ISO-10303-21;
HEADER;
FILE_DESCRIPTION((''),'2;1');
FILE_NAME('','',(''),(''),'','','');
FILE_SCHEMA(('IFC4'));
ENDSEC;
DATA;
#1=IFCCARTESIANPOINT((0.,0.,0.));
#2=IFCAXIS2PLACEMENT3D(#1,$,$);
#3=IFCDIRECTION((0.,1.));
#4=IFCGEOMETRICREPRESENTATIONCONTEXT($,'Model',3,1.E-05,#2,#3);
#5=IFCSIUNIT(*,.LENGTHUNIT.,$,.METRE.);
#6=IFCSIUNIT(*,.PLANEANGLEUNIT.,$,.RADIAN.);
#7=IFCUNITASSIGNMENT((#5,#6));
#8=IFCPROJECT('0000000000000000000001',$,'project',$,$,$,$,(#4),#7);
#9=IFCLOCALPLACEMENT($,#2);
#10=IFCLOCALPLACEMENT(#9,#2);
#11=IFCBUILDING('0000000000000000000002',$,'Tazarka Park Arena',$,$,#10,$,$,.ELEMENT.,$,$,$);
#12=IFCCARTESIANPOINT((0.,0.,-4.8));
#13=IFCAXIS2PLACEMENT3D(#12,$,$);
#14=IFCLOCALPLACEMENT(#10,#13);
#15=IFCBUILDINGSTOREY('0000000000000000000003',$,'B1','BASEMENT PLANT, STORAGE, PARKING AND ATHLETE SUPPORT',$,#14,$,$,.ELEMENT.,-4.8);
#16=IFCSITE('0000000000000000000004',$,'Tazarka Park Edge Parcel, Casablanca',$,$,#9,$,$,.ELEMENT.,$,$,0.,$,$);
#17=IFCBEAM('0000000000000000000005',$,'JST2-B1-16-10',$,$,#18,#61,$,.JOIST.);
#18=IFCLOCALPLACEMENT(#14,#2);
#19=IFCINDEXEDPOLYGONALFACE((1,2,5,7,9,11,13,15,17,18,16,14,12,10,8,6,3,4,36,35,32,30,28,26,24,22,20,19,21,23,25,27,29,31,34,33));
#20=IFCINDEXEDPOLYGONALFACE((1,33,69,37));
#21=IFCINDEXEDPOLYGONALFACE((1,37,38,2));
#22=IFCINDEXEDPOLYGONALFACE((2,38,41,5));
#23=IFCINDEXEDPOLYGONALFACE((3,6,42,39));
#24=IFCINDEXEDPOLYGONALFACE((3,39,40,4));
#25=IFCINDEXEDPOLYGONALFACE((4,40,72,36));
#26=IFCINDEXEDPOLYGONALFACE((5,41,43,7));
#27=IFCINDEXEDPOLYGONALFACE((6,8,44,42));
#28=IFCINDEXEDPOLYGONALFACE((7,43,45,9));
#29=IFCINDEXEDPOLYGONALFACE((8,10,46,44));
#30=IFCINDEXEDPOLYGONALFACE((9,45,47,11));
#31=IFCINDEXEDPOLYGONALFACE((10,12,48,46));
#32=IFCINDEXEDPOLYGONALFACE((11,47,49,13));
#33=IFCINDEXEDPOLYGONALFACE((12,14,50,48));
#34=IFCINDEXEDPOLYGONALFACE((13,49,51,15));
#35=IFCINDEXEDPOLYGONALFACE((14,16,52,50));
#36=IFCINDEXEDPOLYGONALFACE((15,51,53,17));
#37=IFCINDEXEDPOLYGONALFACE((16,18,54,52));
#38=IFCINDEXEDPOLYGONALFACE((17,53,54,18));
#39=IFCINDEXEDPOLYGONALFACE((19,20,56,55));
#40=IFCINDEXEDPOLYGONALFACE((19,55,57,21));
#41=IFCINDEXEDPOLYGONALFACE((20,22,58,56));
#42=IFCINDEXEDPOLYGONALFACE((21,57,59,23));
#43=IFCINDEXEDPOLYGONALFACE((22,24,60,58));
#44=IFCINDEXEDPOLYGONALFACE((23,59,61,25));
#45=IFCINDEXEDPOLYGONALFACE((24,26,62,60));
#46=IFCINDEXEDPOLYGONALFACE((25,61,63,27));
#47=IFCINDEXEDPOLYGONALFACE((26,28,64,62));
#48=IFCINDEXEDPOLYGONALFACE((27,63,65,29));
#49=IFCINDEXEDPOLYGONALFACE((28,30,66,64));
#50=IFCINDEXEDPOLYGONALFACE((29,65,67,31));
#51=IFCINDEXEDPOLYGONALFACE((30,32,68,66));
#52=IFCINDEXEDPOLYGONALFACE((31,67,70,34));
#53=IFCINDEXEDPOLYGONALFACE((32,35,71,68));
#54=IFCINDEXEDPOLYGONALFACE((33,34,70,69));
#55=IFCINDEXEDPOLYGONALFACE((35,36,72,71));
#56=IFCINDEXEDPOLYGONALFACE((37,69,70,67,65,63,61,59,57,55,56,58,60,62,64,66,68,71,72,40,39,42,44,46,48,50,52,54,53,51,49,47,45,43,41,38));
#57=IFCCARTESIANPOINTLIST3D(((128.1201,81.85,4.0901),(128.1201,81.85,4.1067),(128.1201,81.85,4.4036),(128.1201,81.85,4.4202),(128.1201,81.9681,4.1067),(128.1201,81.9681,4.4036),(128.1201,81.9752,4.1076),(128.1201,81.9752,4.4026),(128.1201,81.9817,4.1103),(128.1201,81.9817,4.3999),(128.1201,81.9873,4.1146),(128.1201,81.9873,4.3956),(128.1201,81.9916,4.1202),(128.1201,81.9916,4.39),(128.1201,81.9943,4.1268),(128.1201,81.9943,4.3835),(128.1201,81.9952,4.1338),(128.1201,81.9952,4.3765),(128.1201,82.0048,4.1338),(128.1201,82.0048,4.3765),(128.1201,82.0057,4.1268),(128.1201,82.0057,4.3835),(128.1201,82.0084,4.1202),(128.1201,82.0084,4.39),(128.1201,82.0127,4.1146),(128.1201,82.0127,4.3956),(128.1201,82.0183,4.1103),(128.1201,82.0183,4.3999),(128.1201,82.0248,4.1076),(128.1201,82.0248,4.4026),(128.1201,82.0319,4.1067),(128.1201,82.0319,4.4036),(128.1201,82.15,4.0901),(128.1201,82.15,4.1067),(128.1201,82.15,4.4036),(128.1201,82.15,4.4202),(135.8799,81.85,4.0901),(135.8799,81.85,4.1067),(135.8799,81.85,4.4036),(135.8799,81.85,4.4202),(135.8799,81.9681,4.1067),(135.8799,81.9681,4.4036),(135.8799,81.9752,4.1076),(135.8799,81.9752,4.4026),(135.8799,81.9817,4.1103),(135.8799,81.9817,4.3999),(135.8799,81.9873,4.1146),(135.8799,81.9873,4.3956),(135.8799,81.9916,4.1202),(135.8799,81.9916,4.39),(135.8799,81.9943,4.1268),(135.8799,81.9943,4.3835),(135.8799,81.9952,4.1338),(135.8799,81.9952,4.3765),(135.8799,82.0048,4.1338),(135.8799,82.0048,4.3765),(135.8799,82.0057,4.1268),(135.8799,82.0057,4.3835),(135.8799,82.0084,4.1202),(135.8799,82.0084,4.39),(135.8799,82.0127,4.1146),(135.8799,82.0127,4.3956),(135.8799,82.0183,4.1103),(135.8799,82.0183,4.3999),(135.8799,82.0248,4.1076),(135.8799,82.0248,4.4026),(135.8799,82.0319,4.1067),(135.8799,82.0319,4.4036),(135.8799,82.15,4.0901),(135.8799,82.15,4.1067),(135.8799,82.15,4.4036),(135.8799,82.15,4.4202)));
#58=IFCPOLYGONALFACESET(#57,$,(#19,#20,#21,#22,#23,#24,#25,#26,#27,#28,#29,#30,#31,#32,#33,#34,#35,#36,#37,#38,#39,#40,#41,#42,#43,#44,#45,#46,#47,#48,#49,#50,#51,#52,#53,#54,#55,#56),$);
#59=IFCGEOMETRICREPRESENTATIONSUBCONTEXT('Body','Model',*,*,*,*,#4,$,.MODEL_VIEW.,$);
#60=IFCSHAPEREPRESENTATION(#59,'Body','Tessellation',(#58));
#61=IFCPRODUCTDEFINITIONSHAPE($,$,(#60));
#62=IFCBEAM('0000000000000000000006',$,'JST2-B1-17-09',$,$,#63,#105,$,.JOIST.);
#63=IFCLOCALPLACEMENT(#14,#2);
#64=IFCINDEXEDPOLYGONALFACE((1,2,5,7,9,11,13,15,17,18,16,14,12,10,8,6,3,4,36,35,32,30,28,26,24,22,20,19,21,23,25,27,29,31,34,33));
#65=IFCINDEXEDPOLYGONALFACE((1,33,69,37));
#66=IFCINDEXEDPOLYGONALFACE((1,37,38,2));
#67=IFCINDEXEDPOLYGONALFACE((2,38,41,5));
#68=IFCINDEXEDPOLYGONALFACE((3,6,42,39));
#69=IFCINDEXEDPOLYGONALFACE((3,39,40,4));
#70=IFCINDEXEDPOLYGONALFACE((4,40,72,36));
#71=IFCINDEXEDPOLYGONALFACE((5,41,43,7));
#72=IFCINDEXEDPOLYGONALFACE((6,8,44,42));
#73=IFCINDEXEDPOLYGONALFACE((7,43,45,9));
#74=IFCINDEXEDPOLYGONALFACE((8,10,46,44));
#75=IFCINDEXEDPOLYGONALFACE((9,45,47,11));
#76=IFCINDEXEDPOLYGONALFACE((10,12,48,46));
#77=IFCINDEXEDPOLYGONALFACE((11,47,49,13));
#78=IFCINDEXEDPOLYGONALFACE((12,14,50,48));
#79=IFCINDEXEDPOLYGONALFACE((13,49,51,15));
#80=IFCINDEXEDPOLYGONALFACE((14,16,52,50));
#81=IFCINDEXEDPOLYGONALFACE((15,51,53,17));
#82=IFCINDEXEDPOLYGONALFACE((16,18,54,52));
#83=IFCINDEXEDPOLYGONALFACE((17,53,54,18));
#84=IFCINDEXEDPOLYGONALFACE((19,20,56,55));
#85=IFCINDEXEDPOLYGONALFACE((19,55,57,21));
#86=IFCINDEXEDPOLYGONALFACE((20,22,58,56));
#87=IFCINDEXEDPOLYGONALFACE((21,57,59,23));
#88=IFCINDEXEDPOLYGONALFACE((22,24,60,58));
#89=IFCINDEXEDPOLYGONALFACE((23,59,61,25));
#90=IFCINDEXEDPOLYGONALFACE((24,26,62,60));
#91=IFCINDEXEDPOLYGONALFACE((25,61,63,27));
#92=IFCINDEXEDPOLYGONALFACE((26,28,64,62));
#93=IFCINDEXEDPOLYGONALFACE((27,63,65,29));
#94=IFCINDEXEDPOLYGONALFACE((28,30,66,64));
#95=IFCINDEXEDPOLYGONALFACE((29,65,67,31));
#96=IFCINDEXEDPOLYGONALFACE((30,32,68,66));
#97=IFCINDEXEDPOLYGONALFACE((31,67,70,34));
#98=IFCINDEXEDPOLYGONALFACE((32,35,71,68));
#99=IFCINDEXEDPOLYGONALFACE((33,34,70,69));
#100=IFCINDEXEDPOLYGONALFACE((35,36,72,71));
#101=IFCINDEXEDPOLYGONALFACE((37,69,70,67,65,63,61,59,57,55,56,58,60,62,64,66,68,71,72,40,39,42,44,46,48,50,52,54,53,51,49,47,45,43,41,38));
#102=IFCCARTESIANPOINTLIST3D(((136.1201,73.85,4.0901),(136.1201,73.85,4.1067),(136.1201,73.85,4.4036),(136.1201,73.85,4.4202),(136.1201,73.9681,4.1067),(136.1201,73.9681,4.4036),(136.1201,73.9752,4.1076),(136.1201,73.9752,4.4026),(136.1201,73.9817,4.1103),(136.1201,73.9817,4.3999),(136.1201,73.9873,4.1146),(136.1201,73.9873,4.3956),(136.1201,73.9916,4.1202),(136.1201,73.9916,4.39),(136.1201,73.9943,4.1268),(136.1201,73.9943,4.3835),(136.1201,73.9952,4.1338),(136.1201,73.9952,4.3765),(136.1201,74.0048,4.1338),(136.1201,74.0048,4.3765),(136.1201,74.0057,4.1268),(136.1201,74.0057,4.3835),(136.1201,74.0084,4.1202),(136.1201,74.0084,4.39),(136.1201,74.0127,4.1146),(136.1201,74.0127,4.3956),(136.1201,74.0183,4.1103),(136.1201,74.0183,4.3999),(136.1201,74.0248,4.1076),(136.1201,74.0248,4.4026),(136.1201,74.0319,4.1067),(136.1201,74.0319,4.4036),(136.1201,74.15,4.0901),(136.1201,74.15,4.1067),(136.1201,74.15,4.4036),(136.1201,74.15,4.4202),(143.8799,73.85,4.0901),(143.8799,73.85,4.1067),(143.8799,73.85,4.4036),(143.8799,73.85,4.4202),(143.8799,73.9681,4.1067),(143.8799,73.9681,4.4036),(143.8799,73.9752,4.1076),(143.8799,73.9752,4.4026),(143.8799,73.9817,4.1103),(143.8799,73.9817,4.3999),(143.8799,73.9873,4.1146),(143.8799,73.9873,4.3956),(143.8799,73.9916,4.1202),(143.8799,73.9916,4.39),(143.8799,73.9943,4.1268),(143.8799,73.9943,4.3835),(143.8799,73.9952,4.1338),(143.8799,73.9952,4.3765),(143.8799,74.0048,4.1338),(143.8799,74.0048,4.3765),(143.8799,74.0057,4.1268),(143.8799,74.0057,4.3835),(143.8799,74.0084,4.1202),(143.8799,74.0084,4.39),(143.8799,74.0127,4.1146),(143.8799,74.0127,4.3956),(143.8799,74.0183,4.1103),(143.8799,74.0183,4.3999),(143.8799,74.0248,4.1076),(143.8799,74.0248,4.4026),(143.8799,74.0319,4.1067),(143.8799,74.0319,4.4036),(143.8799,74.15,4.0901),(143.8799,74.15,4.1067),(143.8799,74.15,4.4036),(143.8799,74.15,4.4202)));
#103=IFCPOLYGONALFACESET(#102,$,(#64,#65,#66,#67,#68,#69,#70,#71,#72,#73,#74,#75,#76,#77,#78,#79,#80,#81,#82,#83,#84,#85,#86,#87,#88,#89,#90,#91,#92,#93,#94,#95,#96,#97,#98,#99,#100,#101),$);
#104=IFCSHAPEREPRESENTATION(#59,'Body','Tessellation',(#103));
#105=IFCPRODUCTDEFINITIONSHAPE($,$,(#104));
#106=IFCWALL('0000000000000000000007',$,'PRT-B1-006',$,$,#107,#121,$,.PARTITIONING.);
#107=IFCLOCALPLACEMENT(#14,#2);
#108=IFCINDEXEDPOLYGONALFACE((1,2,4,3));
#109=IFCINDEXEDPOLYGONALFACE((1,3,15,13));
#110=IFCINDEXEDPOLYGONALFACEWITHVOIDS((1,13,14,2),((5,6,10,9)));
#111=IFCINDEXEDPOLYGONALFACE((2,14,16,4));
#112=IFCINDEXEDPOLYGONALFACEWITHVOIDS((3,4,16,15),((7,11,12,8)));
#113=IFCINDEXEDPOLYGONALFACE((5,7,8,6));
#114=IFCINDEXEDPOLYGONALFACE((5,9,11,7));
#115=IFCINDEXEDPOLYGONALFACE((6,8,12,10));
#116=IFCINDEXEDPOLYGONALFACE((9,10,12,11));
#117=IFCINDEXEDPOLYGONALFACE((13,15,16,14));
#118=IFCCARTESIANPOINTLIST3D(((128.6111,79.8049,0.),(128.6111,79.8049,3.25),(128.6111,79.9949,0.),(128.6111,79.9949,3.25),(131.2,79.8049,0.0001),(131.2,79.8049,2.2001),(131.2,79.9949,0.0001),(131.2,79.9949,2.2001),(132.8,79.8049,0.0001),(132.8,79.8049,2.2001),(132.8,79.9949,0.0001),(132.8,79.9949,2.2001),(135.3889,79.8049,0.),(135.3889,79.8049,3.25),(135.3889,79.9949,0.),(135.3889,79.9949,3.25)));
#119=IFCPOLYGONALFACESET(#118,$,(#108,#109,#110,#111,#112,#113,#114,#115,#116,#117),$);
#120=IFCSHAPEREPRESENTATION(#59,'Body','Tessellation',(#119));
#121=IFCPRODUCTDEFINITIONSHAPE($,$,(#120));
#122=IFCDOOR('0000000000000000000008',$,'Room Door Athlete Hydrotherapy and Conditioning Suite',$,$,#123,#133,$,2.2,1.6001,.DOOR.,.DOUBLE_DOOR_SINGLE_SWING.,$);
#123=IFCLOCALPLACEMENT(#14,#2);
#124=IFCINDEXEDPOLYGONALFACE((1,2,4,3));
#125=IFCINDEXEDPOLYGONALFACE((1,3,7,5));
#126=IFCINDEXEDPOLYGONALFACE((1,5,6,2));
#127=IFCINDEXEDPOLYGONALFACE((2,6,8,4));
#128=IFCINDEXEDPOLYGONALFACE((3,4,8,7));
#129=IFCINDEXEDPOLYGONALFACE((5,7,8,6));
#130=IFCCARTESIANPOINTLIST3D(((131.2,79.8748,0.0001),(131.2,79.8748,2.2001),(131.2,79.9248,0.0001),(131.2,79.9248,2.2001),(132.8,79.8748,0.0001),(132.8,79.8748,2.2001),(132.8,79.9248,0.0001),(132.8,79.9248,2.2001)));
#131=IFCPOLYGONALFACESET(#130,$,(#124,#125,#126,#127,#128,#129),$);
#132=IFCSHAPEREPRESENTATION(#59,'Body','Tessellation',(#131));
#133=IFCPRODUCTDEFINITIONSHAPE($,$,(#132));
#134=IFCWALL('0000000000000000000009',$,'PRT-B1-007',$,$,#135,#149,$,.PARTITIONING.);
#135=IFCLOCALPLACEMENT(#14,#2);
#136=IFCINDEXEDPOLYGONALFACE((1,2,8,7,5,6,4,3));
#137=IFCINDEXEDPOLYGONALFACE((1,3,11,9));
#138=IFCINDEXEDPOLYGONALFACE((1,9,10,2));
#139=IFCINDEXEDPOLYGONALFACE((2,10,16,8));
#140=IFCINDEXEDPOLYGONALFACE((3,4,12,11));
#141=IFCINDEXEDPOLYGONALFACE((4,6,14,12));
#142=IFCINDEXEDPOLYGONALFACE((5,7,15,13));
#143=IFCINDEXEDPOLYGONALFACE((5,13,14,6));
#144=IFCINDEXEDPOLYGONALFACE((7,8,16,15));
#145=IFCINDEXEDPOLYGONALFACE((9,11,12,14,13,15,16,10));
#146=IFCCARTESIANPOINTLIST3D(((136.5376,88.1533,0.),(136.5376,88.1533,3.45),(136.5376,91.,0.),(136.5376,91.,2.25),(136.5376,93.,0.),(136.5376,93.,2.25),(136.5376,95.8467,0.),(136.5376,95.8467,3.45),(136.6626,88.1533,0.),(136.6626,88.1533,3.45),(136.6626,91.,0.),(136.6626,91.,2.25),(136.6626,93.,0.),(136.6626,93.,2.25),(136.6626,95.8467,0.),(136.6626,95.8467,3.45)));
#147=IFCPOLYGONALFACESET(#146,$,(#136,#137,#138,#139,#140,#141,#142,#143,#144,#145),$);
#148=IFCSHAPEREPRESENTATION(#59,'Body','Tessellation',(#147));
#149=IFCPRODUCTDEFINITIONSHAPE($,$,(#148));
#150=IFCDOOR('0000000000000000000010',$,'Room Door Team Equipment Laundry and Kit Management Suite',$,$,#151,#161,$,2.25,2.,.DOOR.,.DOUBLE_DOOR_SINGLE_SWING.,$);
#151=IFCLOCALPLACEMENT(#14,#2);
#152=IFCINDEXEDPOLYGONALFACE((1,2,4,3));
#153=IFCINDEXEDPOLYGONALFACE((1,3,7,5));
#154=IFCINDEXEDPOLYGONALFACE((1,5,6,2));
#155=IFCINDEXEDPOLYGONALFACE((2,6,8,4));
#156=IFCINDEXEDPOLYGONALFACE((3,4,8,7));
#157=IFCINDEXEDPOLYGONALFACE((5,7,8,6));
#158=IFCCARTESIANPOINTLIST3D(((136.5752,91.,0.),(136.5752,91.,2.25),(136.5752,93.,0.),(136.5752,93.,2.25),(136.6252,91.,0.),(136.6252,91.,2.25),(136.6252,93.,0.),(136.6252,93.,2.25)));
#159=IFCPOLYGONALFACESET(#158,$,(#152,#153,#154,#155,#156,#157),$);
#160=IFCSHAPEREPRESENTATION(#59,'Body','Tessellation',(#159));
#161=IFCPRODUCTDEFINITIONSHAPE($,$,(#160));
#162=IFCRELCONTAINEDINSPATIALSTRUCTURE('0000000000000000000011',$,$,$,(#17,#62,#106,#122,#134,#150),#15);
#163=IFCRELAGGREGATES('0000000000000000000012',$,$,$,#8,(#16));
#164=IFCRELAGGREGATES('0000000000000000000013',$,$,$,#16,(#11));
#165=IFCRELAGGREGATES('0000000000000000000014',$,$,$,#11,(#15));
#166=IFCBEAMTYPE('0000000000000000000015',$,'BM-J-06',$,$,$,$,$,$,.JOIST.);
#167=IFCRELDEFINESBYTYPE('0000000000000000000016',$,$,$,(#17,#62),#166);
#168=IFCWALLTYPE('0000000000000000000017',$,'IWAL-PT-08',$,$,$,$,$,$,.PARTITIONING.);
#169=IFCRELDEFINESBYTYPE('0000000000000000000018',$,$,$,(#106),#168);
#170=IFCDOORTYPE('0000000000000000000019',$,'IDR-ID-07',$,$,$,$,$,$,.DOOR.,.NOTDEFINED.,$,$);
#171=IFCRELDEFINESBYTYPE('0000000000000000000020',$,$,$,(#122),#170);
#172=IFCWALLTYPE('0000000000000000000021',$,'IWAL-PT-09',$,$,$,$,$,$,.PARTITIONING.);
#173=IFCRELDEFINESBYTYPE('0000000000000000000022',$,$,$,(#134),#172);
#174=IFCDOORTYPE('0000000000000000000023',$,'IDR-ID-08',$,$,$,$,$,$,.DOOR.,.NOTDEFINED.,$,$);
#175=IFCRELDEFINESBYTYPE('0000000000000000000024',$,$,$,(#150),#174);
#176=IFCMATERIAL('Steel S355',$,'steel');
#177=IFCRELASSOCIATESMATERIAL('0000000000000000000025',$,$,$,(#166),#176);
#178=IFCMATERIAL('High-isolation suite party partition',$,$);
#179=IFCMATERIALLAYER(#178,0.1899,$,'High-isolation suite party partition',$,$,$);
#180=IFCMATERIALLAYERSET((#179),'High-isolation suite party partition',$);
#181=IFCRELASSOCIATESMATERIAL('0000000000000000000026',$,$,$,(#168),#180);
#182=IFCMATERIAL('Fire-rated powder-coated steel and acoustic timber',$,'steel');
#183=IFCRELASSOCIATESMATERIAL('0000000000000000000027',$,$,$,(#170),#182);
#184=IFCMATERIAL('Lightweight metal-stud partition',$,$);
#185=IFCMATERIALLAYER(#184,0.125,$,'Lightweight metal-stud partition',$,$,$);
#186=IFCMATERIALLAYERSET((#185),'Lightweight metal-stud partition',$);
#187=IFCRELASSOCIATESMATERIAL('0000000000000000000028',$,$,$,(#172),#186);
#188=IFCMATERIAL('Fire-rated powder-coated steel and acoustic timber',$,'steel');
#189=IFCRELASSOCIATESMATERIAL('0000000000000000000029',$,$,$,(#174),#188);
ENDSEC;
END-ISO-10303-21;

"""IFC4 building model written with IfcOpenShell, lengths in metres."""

from ifc_helpers import new_model, si_unit, direction, frame, frame_2d, origin, origin_2d, place, context, subcontext, project, spatial, rectangle, i_section, extrude, material, layer, layer_set, material_profile, profile_set, type_object, element, fill, save


model = new_model("IFC4")

# Units and contexts
model_context = context("Model", 3, precision=1e-05, world=origin(), true_north=direction((0.0, 1.0)))
body_context = subcontext(model_context, "Body", "Model", "MODEL_VIEW")
ifc_project = project(units=[si_unit("LENGTHUNIT", "METRE"), si_unit("PLANEANGLEUNIT", "RADIAN")], contexts=[model_context])

# Site, building, storey
site_placement = place(None, origin())
site = spatial("IfcSite", under=ifc_project, at=site_placement, Name="Tazarka Park Edge Parcel, Casablanca", CompositionType="ELEMENT", RefElevation=0.0)
building_placement = place(site_placement, origin())
building = spatial("IfcBuilding", under=site, at=building_placement, Name="Tazarka Park Arena", CompositionType="ELEMENT")
storey_placement = place(building_placement, frame((0.0, 0.0, -4.8)))
storey = spatial("IfcBuildingStorey", under=building, at=storey_placement, Name="B1", Description="BASEMENT PLANT, STORAGE, PARKING AND ATHLETE SUPPORT", CompositionType="ELEMENT", Elevation=-4.8)

# Beams
ifc_material_1 = material(Name="Steel S355", Category="steel")
ifc_material_profile_1 = material_profile(ifc_material_1, i_section(OverallWidth=0.3, OverallDepth=0.3301, WebThickness=0.0095, FlangeThickness=0.0166, FilletRadius=0.0271, at=origin_2d()), Name="Steel S355")
ifc_profile_set_1 = profile_set([ifc_material_profile_1], Name="Steel S355")
beam_type_1 = type_object("IfcBeamType", Name="BM-J-06", PredefinedType="JOIST", material=ifc_profile_set_1)
for number, where, z_axis, x_axis, name in (
    (1, (128.1201, 82.0, 4.2551), (1.0, 0.0, 0.0), (0.0, 1.0, 0.0), "JST2-B1-16-10"),
    (2, (136.1201, 74.0, 4.2551), (1.0, 0.0, 0.0), (0.0, 1.0, 0.0), "JST2-B1-17-09"),
):
    element("IfcBeam", number, at=place(storey_placement, frame(where, z_axis=z_axis, x_axis=x_axis)), inside=storey, type_object=beam_type_1, Name=name, PredefinedType="JOIST", context=body_context, shape_type="SweptSolid", body=[
        extrude(i_section(OverallWidth=0.3, OverallDepth=0.3301, WebThickness=0.0095, FlangeThickness=0.0166, FilletRadius=0.0271, at=origin_2d()), origin(), (0.0, 0.0, 1.0), 7.7598),
    ])

# Walls, openings, doors
ifc_material_2 = material(Name="High-isolation suite party partition")
ifc_layer_1 = layer(ifc_material_2, 0.1899, Name="High-isolation suite party partition")
ifc_layer_set_1 = layer_set([ifc_layer_1], Name="High-isolation suite party partition")
wall_type_1 = type_object("IfcWallType", Name="IWAL-PT-08", PredefinedType="PARTITIONING", material=ifc_layer_set_1)
wall_1_placement = place(storey_placement, frame((128.6111, 79.8999, 0.0), z_axis=(0.0, 0.0, 1.0), x_axis=(1.0, 0.0, 0.0)))
wall_1 = element("IfcWall", 3, at=wall_1_placement, inside=storey, type_object=wall_type_1, Name="PRT-B1-006", PredefinedType="PARTITIONING", context=body_context, shape_type="SweptSolid", body=[
    extrude(rectangle(XDim=6.7778, YDim=0.1899, at=frame_2d((3.3889, 0.0))), origin(), (0.0, 0.0, 1.0), 3.25),
])
opening_1_placement = place(wall_1_placement, frame((2.5889, 0.0, 0.0)))
opening_1 = element("IfcOpeningElement", 4, at=opening_1_placement, cuts=wall_1, PredefinedType="OPENING", context=body_context, shape_type="SweptSolid", body=[
    extrude(rectangle(XDim=1.6001, YDim=2.2, at=frame_2d((0.8, 1.1001))), frame((0.0, 0.105, 0.0), z_axis=(0.0, -1.0, 0.0), x_axis=(1.0, 0.0, 0.0)), (0.0, 0.0, 1.0), 0.21),
])
ifc_material_3 = material(Name="Fire-rated powder-coated steel and acoustic timber", Category="steel")
door_type_1 = type_object("IfcDoorType", Name="IDR-ID-07", OperationType="NOTDEFINED", PredefinedType="DOOR", material=ifc_material_3)
door_1_placement = place(opening_1_placement, origin())
door_1 = element("IfcDoor", 5, at=door_1_placement, inside=storey, type_object=door_type_1, Name="Room Door Athlete Hydrotherapy and Conditioning Suite", OperationType="DOUBLE_DOOR_SINGLE_SWING", OverallHeight=2.2, OverallWidth=1.6001, PredefinedType="DOOR", context=body_context, shape_type="SweptSolid", body=[
    extrude(rectangle(XDim=1.6001, YDim=2.2, at=frame_2d((0.8, 1.1001))), frame((0.0, 0.0249, 0.0), z_axis=(0.0, -1.0, 0.0), x_axis=(1.0, 0.0, 0.0)), (0.0, 0.0, 1.0), 0.05),
])
fill(opening_1, door_1)
ifc_material_4 = material(Name="Lightweight metal-stud partition")
ifc_layer_2 = layer(ifc_material_4, 0.125, Name="Lightweight metal-stud partition")
ifc_layer_set_2 = layer_set([ifc_layer_2], Name="Lightweight metal-stud partition")
wall_type_2 = type_object("IfcWallType", Name="IWAL-PT-09", PredefinedType="PARTITIONING", material=ifc_layer_set_2)
wall_2_placement = place(storey_placement, frame((136.6001, 88.1533, 0.0), z_axis=(0.0, 0.0, 1.0), x_axis=(0.0, 1.0, 0.0)))
wall_2 = element("IfcWall", 6, at=wall_2_placement, inside=storey, type_object=wall_type_2, Name="PRT-B1-007", PredefinedType="PARTITIONING", context=body_context, shape_type="SweptSolid", body=[
    extrude(rectangle(XDim=7.6934, YDim=0.125, at=frame_2d((3.8467, 0.0))), origin(), (0.0, 0.0, 1.0), 3.45),
])
opening_2_placement = place(wall_2_placement, frame((2.8467, 0.0, 0.0)))
opening_2 = element("IfcOpeningElement", 7, at=opening_2_placement, cuts=wall_2, PredefinedType="OPENING", context=body_context, shape_type="SweptSolid", body=[
    extrude(rectangle(XDim=2.0, YDim=2.25, at=frame_2d((1.0, 1.125))), frame((0.0, 0.0725, 0.0), z_axis=(0.0, -1.0, 0.0), x_axis=(1.0, 0.0, 0.0)), (0.0, 0.0, 1.0), 0.145),
])
ifc_material_5 = material(Name="Fire-rated powder-coated steel and acoustic timber", Category="steel")
door_type_2 = type_object("IfcDoorType", Name="IDR-ID-08", OperationType="NOTDEFINED", PredefinedType="DOOR", material=ifc_material_5)
door_2_placement = place(opening_2_placement, origin())
door_2 = element("IfcDoor", 8, at=door_2_placement, inside=storey, type_object=door_type_2, Name="Room Door Team Equipment Laundry and Kit Management Suite", OperationType="DOUBLE_DOOR_SINGLE_SWING", OverallHeight=2.25, OverallWidth=2.0, PredefinedType="DOOR", context=body_context, shape_type="SweptSolid", body=[
    extrude(rectangle(XDim=2.0, YDim=2.25, at=frame_2d((1.0, 1.125))), frame((0.0, 0.0249, 0.0), z_axis=(0.0, -1.0, 0.0), x_axis=(1.0, 0.0, 0.0)), (0.0, 0.0, 1.0), 0.05),
])
fill(opening_2, door_2)

save(model, "model.ifc")
